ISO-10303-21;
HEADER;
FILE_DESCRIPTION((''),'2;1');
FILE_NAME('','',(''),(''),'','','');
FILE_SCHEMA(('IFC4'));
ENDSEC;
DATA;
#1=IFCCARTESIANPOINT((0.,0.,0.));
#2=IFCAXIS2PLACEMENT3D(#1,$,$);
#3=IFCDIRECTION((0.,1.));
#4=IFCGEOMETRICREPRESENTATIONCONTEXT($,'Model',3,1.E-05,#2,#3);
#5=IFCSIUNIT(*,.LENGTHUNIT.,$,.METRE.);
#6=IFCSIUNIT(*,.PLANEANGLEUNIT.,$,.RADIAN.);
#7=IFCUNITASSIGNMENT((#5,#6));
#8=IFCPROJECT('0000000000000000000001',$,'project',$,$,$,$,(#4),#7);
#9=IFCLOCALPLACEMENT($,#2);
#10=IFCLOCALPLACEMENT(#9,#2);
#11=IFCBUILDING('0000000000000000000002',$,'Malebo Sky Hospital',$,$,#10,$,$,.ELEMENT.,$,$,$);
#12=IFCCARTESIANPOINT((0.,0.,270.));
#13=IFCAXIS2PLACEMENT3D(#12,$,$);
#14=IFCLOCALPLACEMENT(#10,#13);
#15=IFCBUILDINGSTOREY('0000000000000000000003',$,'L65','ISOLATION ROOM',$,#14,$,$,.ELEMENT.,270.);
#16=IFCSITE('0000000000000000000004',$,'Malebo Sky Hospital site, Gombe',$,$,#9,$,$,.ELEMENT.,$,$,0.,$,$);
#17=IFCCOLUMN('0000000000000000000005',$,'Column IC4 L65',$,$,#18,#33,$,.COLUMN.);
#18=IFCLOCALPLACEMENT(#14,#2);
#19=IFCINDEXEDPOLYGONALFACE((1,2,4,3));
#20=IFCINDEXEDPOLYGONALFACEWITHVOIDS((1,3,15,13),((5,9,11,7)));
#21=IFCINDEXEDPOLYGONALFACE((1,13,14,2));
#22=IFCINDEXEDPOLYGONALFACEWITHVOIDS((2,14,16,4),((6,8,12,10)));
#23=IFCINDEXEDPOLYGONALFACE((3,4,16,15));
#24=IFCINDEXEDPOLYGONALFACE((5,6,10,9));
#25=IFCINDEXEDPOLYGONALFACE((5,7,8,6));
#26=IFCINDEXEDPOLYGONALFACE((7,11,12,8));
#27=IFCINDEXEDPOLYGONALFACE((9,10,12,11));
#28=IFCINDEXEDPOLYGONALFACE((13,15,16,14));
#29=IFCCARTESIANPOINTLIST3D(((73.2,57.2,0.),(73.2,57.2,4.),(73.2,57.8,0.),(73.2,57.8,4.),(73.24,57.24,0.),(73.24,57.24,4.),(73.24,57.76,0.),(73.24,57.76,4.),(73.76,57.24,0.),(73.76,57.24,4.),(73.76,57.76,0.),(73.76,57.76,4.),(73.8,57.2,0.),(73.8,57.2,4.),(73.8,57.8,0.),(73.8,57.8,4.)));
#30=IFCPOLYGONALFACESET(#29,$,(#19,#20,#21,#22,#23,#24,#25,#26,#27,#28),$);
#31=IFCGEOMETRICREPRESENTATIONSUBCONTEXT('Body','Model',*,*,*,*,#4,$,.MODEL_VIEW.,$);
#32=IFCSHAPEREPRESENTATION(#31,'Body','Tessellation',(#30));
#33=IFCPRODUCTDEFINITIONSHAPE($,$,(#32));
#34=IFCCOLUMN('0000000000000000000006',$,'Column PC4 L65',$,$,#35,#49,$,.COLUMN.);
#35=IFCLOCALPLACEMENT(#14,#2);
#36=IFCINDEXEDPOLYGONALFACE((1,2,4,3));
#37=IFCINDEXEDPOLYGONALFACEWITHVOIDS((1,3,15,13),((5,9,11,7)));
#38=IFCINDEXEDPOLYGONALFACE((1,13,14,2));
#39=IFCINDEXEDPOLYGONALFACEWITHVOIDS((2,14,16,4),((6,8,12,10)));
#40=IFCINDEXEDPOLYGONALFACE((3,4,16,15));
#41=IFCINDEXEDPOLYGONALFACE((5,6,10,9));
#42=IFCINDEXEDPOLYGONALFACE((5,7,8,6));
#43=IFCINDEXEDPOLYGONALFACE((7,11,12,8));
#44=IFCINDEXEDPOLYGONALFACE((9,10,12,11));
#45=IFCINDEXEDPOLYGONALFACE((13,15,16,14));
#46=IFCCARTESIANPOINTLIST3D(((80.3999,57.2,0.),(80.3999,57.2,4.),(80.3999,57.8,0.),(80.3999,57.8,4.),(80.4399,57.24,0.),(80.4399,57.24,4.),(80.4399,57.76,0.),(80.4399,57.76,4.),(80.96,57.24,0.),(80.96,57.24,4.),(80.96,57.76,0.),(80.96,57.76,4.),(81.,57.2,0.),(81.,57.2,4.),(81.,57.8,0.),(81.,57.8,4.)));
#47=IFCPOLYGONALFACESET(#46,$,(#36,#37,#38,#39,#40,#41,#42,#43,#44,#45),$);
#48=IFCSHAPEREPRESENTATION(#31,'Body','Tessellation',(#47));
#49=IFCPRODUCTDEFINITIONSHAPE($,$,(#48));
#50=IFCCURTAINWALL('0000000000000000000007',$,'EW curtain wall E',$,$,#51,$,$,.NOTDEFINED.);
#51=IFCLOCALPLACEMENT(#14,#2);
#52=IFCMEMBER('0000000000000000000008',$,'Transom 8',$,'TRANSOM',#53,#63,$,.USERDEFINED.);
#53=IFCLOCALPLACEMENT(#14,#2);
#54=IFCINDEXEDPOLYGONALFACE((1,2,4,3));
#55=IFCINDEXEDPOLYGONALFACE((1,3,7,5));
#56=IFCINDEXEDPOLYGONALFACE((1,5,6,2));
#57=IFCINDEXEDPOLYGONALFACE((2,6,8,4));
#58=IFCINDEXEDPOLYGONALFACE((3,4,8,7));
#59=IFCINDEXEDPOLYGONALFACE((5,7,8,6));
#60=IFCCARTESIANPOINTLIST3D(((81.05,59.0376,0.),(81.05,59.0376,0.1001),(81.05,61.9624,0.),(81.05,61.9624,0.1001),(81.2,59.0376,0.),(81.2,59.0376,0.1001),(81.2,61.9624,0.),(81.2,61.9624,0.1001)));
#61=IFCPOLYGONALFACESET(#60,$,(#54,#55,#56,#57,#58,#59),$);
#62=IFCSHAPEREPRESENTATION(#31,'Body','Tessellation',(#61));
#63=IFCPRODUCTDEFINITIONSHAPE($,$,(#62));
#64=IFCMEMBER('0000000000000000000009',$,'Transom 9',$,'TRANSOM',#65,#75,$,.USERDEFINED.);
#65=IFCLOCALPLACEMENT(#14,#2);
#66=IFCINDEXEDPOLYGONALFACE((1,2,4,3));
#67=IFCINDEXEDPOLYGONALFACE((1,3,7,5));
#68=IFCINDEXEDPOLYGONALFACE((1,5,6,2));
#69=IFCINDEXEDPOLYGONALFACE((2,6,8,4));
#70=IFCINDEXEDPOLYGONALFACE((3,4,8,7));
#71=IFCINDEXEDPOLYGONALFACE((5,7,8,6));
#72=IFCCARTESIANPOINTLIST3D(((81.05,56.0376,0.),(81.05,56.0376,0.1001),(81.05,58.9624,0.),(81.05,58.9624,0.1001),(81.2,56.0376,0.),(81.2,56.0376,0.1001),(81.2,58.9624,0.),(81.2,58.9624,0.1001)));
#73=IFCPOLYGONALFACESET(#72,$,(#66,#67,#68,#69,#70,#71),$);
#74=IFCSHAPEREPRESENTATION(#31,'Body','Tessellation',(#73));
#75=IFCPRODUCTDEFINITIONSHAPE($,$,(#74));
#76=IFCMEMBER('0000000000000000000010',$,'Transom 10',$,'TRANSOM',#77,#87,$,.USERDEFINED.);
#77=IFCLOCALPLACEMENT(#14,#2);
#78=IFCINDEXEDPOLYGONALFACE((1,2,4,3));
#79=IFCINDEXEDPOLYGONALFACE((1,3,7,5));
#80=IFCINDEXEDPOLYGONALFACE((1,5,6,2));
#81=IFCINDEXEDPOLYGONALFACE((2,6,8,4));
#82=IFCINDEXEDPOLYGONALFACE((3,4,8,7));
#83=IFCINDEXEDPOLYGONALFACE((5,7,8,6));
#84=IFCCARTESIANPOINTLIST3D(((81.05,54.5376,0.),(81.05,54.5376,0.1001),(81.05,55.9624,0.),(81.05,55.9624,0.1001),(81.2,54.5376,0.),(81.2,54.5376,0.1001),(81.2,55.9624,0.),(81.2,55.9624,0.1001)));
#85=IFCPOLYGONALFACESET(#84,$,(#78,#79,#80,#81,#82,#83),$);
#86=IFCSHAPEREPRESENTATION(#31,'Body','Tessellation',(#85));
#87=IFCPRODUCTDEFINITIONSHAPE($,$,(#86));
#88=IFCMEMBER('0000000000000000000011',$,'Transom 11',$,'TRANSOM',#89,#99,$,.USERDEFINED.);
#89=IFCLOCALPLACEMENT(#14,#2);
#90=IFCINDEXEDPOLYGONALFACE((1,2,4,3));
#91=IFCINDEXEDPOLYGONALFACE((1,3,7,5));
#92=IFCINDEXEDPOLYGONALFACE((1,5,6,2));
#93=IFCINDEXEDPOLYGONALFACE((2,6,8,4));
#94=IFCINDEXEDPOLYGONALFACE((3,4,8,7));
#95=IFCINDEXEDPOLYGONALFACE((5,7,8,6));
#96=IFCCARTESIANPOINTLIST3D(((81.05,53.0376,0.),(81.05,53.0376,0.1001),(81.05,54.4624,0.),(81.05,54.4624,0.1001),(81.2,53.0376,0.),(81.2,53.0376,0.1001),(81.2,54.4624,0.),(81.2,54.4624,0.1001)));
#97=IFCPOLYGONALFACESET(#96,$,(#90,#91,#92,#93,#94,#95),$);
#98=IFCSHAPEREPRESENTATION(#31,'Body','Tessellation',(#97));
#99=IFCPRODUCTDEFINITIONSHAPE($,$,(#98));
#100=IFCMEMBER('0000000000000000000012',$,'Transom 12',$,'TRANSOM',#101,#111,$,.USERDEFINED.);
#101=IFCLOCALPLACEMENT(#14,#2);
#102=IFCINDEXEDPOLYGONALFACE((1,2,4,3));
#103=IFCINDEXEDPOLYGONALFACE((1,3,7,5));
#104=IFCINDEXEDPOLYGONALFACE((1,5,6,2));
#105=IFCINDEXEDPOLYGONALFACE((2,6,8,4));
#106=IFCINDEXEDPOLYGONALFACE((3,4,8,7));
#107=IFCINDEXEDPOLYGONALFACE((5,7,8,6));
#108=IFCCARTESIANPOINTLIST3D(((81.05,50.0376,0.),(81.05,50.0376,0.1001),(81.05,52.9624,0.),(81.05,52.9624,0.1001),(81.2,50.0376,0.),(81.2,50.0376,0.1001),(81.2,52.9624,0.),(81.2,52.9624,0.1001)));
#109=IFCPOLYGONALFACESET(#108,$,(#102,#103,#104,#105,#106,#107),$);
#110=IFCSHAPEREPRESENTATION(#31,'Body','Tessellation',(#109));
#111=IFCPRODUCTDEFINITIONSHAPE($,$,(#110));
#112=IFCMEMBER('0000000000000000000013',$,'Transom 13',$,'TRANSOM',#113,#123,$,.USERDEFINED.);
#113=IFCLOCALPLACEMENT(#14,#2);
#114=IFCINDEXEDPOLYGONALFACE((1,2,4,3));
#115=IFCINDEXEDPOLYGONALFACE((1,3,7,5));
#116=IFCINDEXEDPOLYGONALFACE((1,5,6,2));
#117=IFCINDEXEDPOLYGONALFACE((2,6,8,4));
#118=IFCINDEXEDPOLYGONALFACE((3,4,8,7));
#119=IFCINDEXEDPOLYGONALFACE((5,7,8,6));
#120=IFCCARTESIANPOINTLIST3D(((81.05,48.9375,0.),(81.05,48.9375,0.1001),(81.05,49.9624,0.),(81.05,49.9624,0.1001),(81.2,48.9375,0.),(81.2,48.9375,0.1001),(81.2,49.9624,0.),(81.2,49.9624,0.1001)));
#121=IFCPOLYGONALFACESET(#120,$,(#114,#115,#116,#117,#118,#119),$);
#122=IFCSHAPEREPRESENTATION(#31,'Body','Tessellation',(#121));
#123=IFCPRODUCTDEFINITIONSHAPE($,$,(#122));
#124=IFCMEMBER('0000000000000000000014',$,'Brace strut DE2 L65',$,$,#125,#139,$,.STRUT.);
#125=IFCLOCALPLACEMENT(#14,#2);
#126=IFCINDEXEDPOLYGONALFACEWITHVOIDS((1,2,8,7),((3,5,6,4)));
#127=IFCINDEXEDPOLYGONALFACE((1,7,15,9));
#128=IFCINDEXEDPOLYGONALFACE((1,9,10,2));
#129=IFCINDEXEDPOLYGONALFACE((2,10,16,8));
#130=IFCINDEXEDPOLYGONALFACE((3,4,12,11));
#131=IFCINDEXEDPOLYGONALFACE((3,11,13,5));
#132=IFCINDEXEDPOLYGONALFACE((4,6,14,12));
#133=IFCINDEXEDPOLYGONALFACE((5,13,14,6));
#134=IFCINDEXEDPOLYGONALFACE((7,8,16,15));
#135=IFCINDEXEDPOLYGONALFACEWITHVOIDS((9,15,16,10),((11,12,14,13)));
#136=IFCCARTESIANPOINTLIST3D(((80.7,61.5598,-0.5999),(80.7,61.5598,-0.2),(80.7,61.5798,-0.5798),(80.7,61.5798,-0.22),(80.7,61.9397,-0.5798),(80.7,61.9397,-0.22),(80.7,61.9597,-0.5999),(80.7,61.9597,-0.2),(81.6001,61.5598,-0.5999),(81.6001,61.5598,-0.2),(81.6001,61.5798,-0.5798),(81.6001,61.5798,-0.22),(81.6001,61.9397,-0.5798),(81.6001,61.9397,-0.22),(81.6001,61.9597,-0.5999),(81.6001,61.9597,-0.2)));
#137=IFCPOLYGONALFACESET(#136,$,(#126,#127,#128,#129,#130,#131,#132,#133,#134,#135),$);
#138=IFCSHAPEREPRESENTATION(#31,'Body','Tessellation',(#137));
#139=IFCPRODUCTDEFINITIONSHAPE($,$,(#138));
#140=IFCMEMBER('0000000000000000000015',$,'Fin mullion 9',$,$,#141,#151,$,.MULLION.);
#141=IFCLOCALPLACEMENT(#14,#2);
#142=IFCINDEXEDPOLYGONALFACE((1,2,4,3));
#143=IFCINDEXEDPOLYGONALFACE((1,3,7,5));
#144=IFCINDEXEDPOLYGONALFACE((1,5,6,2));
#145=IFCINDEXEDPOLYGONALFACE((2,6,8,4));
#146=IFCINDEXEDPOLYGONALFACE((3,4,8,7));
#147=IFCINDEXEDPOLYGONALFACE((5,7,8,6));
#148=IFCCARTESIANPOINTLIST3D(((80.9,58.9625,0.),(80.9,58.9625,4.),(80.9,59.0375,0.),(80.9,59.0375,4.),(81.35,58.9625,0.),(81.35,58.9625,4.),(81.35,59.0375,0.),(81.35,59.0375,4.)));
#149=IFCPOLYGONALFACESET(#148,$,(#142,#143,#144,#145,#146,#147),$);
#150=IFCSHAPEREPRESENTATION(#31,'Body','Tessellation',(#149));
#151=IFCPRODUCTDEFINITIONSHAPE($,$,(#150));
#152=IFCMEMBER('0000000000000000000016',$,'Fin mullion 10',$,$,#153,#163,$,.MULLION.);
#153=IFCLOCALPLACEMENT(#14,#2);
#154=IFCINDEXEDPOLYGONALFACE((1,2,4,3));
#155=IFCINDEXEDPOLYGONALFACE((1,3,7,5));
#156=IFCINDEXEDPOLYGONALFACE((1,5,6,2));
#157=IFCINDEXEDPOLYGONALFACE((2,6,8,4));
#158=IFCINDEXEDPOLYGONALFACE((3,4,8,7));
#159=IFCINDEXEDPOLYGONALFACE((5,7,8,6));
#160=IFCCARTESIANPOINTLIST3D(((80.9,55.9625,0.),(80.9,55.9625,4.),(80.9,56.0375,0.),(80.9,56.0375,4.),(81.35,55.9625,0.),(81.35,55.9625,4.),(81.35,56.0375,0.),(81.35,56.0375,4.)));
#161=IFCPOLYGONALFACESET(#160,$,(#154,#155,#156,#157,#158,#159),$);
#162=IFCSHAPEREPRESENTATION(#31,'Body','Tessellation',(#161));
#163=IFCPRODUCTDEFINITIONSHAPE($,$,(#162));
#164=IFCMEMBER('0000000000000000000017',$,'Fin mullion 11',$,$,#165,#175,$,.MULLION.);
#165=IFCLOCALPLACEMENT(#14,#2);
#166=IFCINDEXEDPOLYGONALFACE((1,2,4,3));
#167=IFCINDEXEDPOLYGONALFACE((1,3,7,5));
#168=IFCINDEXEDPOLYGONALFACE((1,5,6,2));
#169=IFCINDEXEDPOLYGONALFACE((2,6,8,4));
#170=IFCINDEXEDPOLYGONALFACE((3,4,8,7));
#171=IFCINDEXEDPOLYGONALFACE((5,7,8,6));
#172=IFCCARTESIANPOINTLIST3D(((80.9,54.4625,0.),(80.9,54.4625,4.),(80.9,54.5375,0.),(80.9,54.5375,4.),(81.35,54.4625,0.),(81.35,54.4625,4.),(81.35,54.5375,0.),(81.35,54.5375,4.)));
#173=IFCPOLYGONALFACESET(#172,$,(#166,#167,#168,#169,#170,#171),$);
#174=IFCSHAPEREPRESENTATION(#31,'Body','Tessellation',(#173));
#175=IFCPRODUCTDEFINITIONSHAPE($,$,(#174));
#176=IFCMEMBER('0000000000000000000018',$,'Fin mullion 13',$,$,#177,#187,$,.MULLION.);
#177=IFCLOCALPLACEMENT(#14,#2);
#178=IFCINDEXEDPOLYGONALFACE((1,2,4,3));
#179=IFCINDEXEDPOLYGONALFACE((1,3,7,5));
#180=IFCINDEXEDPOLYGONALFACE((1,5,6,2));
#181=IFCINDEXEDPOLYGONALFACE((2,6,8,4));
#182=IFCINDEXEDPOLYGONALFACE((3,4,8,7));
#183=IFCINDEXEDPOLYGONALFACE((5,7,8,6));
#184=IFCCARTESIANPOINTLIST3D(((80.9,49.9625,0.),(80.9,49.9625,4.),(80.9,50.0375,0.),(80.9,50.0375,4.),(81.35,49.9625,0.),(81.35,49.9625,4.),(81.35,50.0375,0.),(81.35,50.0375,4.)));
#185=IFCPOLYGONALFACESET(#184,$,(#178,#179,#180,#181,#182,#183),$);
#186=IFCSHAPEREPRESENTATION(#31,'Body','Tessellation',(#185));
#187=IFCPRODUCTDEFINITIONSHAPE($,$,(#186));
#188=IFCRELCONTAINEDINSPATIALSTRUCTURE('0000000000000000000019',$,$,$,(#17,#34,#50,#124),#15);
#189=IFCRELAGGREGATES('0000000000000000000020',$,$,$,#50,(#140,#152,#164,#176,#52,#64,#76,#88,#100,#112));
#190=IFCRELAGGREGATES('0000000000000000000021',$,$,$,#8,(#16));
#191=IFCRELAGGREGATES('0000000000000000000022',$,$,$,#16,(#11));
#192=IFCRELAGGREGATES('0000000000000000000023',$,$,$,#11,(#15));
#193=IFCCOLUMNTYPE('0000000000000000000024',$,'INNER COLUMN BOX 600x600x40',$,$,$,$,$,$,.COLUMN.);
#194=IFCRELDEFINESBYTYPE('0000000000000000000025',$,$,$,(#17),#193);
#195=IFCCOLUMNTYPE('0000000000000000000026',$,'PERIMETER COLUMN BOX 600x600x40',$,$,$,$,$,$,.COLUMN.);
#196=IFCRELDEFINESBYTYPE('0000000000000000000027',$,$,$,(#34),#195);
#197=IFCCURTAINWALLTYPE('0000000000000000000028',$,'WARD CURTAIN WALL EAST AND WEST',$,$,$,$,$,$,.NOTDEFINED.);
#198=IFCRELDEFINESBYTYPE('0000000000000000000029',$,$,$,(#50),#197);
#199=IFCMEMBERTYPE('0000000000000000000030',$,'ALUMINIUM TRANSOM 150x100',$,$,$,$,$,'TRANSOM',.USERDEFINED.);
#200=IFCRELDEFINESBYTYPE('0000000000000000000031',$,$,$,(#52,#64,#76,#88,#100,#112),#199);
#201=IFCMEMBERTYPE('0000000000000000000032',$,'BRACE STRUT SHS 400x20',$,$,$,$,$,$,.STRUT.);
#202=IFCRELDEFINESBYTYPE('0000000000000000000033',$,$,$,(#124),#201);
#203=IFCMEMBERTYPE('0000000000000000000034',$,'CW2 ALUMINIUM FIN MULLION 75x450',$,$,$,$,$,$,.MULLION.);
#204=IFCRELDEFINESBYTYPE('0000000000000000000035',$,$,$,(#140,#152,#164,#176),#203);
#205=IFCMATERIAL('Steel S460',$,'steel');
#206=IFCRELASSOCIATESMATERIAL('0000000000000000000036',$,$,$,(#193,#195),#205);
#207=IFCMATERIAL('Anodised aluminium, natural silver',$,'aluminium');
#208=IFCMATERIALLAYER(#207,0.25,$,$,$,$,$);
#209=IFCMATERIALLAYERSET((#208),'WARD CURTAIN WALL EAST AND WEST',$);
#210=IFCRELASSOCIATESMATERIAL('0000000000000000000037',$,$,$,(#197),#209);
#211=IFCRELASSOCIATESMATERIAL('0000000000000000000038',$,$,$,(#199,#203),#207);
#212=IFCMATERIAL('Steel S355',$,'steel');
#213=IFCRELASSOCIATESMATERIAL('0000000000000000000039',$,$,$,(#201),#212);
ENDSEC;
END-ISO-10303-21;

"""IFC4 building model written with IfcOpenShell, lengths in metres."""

from ifc_helpers import new_model, si_unit, direction, frame, origin, origin_2d, place, context, subcontext, project, spatial, rectangle, hollow_rectangle, extrude, material, layer, layer_set, material_profile, profile_set, type_object, element, aggregate, save


model = new_model("IFC4")

# Units and contexts
model_context = context("Model", 3, precision=1e-05, world=origin(), true_north=direction((0.0, 1.0)))
body_context = subcontext(model_context, "Body", "Model", "MODEL_VIEW")
ifc_project = project(units=[si_unit("LENGTHUNIT", "METRE"), si_unit("PLANEANGLEUNIT", "RADIAN")], contexts=[model_context])

# Site, building, storey
site_placement = place(None, origin())
site = spatial("IfcSite", under=ifc_project, at=site_placement, Name="Malebo Sky Hospital site, Gombe", CompositionType="ELEMENT", RefElevation=0.0)
building_placement = place(site_placement, origin())
building = spatial("IfcBuilding", under=site, at=building_placement, Name="Malebo Sky Hospital", CompositionType="ELEMENT")
storey_placement = place(building_placement, frame((0.0, 0.0, 270.0)))
storey = spatial("IfcBuildingStorey", under=building, at=storey_placement, Name="L65", Description="ISOLATION ROOM", CompositionType="ELEMENT", Elevation=270.0)

# Columns
ifc_material_1 = material(Name="Steel S460", Category="steel")
ifc_material_profile_1 = material_profile(ifc_material_1, hollow_rectangle(XDim=0.6001, YDim=0.6001, WallThickness=0.04, at=origin_2d()), Name="BOX 600x600x40")
ifc_profile_set_1 = profile_set([ifc_material_profile_1], Name="Steel S460")
column_type_1 = type_object("IfcColumnType", Name="INNER COLUMN BOX 600x600x40", PredefinedType="COLUMN", material=ifc_profile_set_1)
column_1_placement = place(storey_placement, frame((73.5, 57.5, 0.0), z_axis=(0.0, 0.0, 1.0), x_axis=(1.0, 0.0, 0.0)))
element("IfcColumn", 1, at=column_1_placement, inside=storey, type_object=column_type_1, Name="Column IC4 L65", PredefinedType="COLUMN", context=body_context, shape_type="SweptSolid", body=[
    extrude(hollow_rectangle(XDim=0.6001, YDim=0.6001, WallThickness=0.04, at=origin_2d()), origin(), (0.0, 0.0, 1.0), 4.0),
])
ifc_material_profile_2 = material_profile(ifc_material_1, hollow_rectangle(XDim=0.6001, YDim=0.6001, WallThickness=0.04, at=origin_2d()), Name="BOX 600x600x40")
ifc_profile_set_2 = profile_set([ifc_material_profile_2], Name="Steel S460")
column_type_2 = type_object("IfcColumnType", Name="PERIMETER COLUMN BOX 600x600x40", PredefinedType="COLUMN", material=ifc_profile_set_2)
column_2_placement = place(storey_placement, frame((80.7, 57.5, 0.0), z_axis=(0.0, 0.0, 1.0), x_axis=(1.0, 0.0, 0.0)))
element("IfcColumn", 2, at=column_2_placement, inside=storey, type_object=column_type_2, Name="Column PC4 L65", PredefinedType="COLUMN", context=body_context, shape_type="SweptSolid", body=[
    extrude(hollow_rectangle(XDim=0.6001, YDim=0.6001, WallThickness=0.04, at=origin_2d()), origin(), (0.0, 0.0, 1.0), 4.0),
])

# Curtain wall, members
ifc_material_2 = material(Name="Anodised aluminium, natural silver", Category="aluminium")
ifc_layer_1 = layer(ifc_material_2, 0.25)
ifc_layer_set_1 = layer_set([ifc_layer_1], Name="WARD CURTAIN WALL EAST AND WEST")
curtain_wall_type = type_object("IfcCurtainWallType", Name="WARD CURTAIN WALL EAST AND WEST", PredefinedType="NOTDEFINED", material=ifc_layer_set_1)
curtain_wall_placement = place(storey_placement, origin())
curtain_wall = element("IfcCurtainWall", 3, at=curtain_wall_placement, inside=storey, type_object=curtain_wall_type, Name="EW curtain wall E", PredefinedType="NOTDEFINED")
ifc_material_profile_3 = material_profile(ifc_material_2, rectangle(XDim=0.1499, YDim=0.1001, at=origin_2d()), Name="ALUMINIUM TRANSOM 150x100")
ifc_profile_set_3 = profile_set([ifc_material_profile_3], Name="Anodised aluminium, natural silver")
member_type_1 = type_object("IfcMemberType", Name="ALUMINIUM TRANSOM 150x100", ElementType="TRANSOM", PredefinedType="USERDEFINED", material=ifc_profile_set_3)
member_1_placement = place(storey_placement, frame((81.125, 61.9624, 0.05), z_axis=(0.0, -1.0, 0.0), x_axis=(1.0, 0.0, 0.0)))
member_1 = element("IfcMember", 4, at=member_1_placement, type_object=member_type_1, Name="Transom 8", ObjectType="TRANSOM", PredefinedType="USERDEFINED", context=body_context, shape_type="SweptSolid", body=[
    extrude(rectangle(XDim=0.1499, YDim=0.1001, at=origin_2d()), origin(), (0.0, 0.0, 1.0), 2.9248),
])
member_2_placement = place(storey_placement, frame((81.125, 58.9624, 0.05), z_axis=(0.0, -1.0, 0.0), x_axis=(1.0, 0.0, 0.0)))
member_2 = element("IfcMember", 5, at=member_2_placement, type_object=member_type_1, Name="Transom 9", ObjectType="TRANSOM", PredefinedType="USERDEFINED", context=body_context, shape_type="SweptSolid", body=[
    extrude(rectangle(XDim=0.1499, YDim=0.1001, at=origin_2d()), origin(), (0.0, 0.0, 1.0), 2.9248),
])
member_3_placement = place(storey_placement, frame((81.125, 55.9624, 0.05), z_axis=(0.0, -1.0, 0.0), x_axis=(1.0, 0.0, 0.0)))
member_3 = element("IfcMember", 6, at=member_3_placement, type_object=member_type_1, Name="Transom 10", ObjectType="TRANSOM", PredefinedType="USERDEFINED", context=body_context, shape_type="SweptSolid", body=[
    extrude(rectangle(XDim=0.1499, YDim=0.1001, at=origin_2d()), origin(), (0.0, 0.0, 1.0), 1.4248),
])
member_4_placement = place(storey_placement, frame((81.125, 54.4624, 0.05), z_axis=(0.0, -1.0, 0.0), x_axis=(1.0, 0.0, 0.0)))
member_4 = element("IfcMember", 7, at=member_4_placement, type_object=member_type_1, Name="Transom 11", ObjectType="TRANSOM", PredefinedType="USERDEFINED", context=body_context, shape_type="SweptSolid", body=[
    extrude(rectangle(XDim=0.1499, YDim=0.1001, at=origin_2d()), origin(), (0.0, 0.0, 1.0), 1.4248),
])
member_5_placement = place(storey_placement, frame((81.125, 52.9624, 0.05), z_axis=(0.0, -1.0, 0.0), x_axis=(1.0, 0.0, 0.0)))
member_5 = element("IfcMember", 8, at=member_5_placement, type_object=member_type_1, Name="Transom 12", ObjectType="TRANSOM", PredefinedType="USERDEFINED", context=body_context, shape_type="SweptSolid", body=[
    extrude(rectangle(XDim=0.1499, YDim=0.1001, at=origin_2d()), origin(), (0.0, 0.0, 1.0), 2.9248),
])
member_6_placement = place(storey_placement, frame((81.125, 49.9624, 0.05), z_axis=(0.0, -1.0, 0.0), x_axis=(1.0, 0.0, 0.0)))
member_6 = element("IfcMember", 9, at=member_6_placement, type_object=member_type_1, Name="Transom 13", ObjectType="TRANSOM", PredefinedType="USERDEFINED", context=body_context, shape_type="SweptSolid", body=[
    extrude(rectangle(XDim=0.1499, YDim=0.1001, at=origin_2d()), origin(), (0.0, 0.0, 1.0), 1.0249),
])

# Members
ifc_material_3 = material(Name="Steel S355", Category="steel")
ifc_material_profile_4 = material_profile(ifc_material_3, hollow_rectangle(XDim=0.3999, YDim=0.3999, WallThickness=0.02, at=origin_2d()), Name="SHS 400x20")
ifc_profile_set_4 = profile_set([ifc_material_profile_4], Name="Steel S355")
member_type_2 = type_object("IfcMemberType", Name="BRACE STRUT SHS 400x20", PredefinedType="STRUT", material=ifc_profile_set_4)
member_7_placement = place(storey_placement, frame((81.6001, 61.7598, -0.3999), z_axis=(-1.0, 0.0, 0.0), x_axis=(0.0, -1.0, 0.0)))
element("IfcMember", 10, at=member_7_placement, inside=storey, type_object=member_type_2, Name="Brace strut DE2 L65", PredefinedType="STRUT", context=body_context, shape_type="SweptSolid", body=[
    extrude(hollow_rectangle(XDim=0.3999, YDim=0.3999, WallThickness=0.02, at=origin_2d()), origin(), (0.0, 0.0, 1.0), 0.9001),
])
ifc_material_profile_5 = material_profile(ifc_material_2, rectangle(XDim=0.075, YDim=0.45, at=origin_2d()), Name="CW2 ALUMINIUM FIN MULLION 75x450")
ifc_profile_set_5 = profile_set([ifc_material_profile_5], Name="Anodised aluminium, natural silver")
member_type_3 = type_object("IfcMemberType", Name="CW2 ALUMINIUM FIN MULLION 75x450", PredefinedType="MULLION", material=ifc_profile_set_5)
member_8_placement = place(storey_placement, frame((81.125, 59.0, 0.0), z_axis=(0.0, 0.0, 1.0), x_axis=(0.0, -1.0, 0.0)))
member_8 = element("IfcMember", 11, at=member_8_placement, type_object=member_type_3, Name="Fin mullion 9", PredefinedType="MULLION", context=body_context, shape_type="SweptSolid", body=[
    extrude(rectangle(XDim=0.075, YDim=0.45, at=origin_2d()), origin(), (0.0, 0.0, 1.0), 4.0),
])
member_9_placement = place(storey_placement, frame((81.125, 56.0, 0.0), z_axis=(0.0, 0.0, 1.0), x_axis=(0.0, -1.0, 0.0)))
member_9 = element("IfcMember", 12, at=member_9_placement, type_object=member_type_3, Name="Fin mullion 10", PredefinedType="MULLION", context=body_context, shape_type="SweptSolid", body=[
    extrude(rectangle(XDim=0.075, YDim=0.45, at=origin_2d()), origin(), (0.0, 0.0, 1.0), 4.0),
])
member_10_placement = place(storey_placement, frame((81.125, 54.5, 0.0), z_axis=(0.0, 0.0, 1.0), x_axis=(0.0, -1.0, 0.0)))
member_10 = element("IfcMember", 13, at=member_10_placement, type_object=member_type_3, Name="Fin mullion 11", PredefinedType="MULLION", context=body_context, shape_type="SweptSolid", body=[
    extrude(rectangle(XDim=0.075, YDim=0.45, at=origin_2d()), origin(), (0.0, 0.0, 1.0), 4.0),
])
member_11_placement = place(storey_placement, frame((81.125, 50.0, 0.0), z_axis=(0.0, 0.0, 1.0), x_axis=(0.0, -1.0, 0.0)))
member_11 = element("IfcMember", 14, at=member_11_placement, type_object=member_type_3, Name="Fin mullion 13", PredefinedType="MULLION", context=body_context, shape_type="SweptSolid", body=[
    extrude(rectangle(XDim=0.075, YDim=0.45, at=origin_2d()), origin(), (0.0, 0.0, 1.0), 4.0),
])

aggregate(curtain_wall, [member_8, member_9, member_10, member_11, member_1, member_2, member_3, member_4, member_5, member_6])

save(model, "model.ifc")
